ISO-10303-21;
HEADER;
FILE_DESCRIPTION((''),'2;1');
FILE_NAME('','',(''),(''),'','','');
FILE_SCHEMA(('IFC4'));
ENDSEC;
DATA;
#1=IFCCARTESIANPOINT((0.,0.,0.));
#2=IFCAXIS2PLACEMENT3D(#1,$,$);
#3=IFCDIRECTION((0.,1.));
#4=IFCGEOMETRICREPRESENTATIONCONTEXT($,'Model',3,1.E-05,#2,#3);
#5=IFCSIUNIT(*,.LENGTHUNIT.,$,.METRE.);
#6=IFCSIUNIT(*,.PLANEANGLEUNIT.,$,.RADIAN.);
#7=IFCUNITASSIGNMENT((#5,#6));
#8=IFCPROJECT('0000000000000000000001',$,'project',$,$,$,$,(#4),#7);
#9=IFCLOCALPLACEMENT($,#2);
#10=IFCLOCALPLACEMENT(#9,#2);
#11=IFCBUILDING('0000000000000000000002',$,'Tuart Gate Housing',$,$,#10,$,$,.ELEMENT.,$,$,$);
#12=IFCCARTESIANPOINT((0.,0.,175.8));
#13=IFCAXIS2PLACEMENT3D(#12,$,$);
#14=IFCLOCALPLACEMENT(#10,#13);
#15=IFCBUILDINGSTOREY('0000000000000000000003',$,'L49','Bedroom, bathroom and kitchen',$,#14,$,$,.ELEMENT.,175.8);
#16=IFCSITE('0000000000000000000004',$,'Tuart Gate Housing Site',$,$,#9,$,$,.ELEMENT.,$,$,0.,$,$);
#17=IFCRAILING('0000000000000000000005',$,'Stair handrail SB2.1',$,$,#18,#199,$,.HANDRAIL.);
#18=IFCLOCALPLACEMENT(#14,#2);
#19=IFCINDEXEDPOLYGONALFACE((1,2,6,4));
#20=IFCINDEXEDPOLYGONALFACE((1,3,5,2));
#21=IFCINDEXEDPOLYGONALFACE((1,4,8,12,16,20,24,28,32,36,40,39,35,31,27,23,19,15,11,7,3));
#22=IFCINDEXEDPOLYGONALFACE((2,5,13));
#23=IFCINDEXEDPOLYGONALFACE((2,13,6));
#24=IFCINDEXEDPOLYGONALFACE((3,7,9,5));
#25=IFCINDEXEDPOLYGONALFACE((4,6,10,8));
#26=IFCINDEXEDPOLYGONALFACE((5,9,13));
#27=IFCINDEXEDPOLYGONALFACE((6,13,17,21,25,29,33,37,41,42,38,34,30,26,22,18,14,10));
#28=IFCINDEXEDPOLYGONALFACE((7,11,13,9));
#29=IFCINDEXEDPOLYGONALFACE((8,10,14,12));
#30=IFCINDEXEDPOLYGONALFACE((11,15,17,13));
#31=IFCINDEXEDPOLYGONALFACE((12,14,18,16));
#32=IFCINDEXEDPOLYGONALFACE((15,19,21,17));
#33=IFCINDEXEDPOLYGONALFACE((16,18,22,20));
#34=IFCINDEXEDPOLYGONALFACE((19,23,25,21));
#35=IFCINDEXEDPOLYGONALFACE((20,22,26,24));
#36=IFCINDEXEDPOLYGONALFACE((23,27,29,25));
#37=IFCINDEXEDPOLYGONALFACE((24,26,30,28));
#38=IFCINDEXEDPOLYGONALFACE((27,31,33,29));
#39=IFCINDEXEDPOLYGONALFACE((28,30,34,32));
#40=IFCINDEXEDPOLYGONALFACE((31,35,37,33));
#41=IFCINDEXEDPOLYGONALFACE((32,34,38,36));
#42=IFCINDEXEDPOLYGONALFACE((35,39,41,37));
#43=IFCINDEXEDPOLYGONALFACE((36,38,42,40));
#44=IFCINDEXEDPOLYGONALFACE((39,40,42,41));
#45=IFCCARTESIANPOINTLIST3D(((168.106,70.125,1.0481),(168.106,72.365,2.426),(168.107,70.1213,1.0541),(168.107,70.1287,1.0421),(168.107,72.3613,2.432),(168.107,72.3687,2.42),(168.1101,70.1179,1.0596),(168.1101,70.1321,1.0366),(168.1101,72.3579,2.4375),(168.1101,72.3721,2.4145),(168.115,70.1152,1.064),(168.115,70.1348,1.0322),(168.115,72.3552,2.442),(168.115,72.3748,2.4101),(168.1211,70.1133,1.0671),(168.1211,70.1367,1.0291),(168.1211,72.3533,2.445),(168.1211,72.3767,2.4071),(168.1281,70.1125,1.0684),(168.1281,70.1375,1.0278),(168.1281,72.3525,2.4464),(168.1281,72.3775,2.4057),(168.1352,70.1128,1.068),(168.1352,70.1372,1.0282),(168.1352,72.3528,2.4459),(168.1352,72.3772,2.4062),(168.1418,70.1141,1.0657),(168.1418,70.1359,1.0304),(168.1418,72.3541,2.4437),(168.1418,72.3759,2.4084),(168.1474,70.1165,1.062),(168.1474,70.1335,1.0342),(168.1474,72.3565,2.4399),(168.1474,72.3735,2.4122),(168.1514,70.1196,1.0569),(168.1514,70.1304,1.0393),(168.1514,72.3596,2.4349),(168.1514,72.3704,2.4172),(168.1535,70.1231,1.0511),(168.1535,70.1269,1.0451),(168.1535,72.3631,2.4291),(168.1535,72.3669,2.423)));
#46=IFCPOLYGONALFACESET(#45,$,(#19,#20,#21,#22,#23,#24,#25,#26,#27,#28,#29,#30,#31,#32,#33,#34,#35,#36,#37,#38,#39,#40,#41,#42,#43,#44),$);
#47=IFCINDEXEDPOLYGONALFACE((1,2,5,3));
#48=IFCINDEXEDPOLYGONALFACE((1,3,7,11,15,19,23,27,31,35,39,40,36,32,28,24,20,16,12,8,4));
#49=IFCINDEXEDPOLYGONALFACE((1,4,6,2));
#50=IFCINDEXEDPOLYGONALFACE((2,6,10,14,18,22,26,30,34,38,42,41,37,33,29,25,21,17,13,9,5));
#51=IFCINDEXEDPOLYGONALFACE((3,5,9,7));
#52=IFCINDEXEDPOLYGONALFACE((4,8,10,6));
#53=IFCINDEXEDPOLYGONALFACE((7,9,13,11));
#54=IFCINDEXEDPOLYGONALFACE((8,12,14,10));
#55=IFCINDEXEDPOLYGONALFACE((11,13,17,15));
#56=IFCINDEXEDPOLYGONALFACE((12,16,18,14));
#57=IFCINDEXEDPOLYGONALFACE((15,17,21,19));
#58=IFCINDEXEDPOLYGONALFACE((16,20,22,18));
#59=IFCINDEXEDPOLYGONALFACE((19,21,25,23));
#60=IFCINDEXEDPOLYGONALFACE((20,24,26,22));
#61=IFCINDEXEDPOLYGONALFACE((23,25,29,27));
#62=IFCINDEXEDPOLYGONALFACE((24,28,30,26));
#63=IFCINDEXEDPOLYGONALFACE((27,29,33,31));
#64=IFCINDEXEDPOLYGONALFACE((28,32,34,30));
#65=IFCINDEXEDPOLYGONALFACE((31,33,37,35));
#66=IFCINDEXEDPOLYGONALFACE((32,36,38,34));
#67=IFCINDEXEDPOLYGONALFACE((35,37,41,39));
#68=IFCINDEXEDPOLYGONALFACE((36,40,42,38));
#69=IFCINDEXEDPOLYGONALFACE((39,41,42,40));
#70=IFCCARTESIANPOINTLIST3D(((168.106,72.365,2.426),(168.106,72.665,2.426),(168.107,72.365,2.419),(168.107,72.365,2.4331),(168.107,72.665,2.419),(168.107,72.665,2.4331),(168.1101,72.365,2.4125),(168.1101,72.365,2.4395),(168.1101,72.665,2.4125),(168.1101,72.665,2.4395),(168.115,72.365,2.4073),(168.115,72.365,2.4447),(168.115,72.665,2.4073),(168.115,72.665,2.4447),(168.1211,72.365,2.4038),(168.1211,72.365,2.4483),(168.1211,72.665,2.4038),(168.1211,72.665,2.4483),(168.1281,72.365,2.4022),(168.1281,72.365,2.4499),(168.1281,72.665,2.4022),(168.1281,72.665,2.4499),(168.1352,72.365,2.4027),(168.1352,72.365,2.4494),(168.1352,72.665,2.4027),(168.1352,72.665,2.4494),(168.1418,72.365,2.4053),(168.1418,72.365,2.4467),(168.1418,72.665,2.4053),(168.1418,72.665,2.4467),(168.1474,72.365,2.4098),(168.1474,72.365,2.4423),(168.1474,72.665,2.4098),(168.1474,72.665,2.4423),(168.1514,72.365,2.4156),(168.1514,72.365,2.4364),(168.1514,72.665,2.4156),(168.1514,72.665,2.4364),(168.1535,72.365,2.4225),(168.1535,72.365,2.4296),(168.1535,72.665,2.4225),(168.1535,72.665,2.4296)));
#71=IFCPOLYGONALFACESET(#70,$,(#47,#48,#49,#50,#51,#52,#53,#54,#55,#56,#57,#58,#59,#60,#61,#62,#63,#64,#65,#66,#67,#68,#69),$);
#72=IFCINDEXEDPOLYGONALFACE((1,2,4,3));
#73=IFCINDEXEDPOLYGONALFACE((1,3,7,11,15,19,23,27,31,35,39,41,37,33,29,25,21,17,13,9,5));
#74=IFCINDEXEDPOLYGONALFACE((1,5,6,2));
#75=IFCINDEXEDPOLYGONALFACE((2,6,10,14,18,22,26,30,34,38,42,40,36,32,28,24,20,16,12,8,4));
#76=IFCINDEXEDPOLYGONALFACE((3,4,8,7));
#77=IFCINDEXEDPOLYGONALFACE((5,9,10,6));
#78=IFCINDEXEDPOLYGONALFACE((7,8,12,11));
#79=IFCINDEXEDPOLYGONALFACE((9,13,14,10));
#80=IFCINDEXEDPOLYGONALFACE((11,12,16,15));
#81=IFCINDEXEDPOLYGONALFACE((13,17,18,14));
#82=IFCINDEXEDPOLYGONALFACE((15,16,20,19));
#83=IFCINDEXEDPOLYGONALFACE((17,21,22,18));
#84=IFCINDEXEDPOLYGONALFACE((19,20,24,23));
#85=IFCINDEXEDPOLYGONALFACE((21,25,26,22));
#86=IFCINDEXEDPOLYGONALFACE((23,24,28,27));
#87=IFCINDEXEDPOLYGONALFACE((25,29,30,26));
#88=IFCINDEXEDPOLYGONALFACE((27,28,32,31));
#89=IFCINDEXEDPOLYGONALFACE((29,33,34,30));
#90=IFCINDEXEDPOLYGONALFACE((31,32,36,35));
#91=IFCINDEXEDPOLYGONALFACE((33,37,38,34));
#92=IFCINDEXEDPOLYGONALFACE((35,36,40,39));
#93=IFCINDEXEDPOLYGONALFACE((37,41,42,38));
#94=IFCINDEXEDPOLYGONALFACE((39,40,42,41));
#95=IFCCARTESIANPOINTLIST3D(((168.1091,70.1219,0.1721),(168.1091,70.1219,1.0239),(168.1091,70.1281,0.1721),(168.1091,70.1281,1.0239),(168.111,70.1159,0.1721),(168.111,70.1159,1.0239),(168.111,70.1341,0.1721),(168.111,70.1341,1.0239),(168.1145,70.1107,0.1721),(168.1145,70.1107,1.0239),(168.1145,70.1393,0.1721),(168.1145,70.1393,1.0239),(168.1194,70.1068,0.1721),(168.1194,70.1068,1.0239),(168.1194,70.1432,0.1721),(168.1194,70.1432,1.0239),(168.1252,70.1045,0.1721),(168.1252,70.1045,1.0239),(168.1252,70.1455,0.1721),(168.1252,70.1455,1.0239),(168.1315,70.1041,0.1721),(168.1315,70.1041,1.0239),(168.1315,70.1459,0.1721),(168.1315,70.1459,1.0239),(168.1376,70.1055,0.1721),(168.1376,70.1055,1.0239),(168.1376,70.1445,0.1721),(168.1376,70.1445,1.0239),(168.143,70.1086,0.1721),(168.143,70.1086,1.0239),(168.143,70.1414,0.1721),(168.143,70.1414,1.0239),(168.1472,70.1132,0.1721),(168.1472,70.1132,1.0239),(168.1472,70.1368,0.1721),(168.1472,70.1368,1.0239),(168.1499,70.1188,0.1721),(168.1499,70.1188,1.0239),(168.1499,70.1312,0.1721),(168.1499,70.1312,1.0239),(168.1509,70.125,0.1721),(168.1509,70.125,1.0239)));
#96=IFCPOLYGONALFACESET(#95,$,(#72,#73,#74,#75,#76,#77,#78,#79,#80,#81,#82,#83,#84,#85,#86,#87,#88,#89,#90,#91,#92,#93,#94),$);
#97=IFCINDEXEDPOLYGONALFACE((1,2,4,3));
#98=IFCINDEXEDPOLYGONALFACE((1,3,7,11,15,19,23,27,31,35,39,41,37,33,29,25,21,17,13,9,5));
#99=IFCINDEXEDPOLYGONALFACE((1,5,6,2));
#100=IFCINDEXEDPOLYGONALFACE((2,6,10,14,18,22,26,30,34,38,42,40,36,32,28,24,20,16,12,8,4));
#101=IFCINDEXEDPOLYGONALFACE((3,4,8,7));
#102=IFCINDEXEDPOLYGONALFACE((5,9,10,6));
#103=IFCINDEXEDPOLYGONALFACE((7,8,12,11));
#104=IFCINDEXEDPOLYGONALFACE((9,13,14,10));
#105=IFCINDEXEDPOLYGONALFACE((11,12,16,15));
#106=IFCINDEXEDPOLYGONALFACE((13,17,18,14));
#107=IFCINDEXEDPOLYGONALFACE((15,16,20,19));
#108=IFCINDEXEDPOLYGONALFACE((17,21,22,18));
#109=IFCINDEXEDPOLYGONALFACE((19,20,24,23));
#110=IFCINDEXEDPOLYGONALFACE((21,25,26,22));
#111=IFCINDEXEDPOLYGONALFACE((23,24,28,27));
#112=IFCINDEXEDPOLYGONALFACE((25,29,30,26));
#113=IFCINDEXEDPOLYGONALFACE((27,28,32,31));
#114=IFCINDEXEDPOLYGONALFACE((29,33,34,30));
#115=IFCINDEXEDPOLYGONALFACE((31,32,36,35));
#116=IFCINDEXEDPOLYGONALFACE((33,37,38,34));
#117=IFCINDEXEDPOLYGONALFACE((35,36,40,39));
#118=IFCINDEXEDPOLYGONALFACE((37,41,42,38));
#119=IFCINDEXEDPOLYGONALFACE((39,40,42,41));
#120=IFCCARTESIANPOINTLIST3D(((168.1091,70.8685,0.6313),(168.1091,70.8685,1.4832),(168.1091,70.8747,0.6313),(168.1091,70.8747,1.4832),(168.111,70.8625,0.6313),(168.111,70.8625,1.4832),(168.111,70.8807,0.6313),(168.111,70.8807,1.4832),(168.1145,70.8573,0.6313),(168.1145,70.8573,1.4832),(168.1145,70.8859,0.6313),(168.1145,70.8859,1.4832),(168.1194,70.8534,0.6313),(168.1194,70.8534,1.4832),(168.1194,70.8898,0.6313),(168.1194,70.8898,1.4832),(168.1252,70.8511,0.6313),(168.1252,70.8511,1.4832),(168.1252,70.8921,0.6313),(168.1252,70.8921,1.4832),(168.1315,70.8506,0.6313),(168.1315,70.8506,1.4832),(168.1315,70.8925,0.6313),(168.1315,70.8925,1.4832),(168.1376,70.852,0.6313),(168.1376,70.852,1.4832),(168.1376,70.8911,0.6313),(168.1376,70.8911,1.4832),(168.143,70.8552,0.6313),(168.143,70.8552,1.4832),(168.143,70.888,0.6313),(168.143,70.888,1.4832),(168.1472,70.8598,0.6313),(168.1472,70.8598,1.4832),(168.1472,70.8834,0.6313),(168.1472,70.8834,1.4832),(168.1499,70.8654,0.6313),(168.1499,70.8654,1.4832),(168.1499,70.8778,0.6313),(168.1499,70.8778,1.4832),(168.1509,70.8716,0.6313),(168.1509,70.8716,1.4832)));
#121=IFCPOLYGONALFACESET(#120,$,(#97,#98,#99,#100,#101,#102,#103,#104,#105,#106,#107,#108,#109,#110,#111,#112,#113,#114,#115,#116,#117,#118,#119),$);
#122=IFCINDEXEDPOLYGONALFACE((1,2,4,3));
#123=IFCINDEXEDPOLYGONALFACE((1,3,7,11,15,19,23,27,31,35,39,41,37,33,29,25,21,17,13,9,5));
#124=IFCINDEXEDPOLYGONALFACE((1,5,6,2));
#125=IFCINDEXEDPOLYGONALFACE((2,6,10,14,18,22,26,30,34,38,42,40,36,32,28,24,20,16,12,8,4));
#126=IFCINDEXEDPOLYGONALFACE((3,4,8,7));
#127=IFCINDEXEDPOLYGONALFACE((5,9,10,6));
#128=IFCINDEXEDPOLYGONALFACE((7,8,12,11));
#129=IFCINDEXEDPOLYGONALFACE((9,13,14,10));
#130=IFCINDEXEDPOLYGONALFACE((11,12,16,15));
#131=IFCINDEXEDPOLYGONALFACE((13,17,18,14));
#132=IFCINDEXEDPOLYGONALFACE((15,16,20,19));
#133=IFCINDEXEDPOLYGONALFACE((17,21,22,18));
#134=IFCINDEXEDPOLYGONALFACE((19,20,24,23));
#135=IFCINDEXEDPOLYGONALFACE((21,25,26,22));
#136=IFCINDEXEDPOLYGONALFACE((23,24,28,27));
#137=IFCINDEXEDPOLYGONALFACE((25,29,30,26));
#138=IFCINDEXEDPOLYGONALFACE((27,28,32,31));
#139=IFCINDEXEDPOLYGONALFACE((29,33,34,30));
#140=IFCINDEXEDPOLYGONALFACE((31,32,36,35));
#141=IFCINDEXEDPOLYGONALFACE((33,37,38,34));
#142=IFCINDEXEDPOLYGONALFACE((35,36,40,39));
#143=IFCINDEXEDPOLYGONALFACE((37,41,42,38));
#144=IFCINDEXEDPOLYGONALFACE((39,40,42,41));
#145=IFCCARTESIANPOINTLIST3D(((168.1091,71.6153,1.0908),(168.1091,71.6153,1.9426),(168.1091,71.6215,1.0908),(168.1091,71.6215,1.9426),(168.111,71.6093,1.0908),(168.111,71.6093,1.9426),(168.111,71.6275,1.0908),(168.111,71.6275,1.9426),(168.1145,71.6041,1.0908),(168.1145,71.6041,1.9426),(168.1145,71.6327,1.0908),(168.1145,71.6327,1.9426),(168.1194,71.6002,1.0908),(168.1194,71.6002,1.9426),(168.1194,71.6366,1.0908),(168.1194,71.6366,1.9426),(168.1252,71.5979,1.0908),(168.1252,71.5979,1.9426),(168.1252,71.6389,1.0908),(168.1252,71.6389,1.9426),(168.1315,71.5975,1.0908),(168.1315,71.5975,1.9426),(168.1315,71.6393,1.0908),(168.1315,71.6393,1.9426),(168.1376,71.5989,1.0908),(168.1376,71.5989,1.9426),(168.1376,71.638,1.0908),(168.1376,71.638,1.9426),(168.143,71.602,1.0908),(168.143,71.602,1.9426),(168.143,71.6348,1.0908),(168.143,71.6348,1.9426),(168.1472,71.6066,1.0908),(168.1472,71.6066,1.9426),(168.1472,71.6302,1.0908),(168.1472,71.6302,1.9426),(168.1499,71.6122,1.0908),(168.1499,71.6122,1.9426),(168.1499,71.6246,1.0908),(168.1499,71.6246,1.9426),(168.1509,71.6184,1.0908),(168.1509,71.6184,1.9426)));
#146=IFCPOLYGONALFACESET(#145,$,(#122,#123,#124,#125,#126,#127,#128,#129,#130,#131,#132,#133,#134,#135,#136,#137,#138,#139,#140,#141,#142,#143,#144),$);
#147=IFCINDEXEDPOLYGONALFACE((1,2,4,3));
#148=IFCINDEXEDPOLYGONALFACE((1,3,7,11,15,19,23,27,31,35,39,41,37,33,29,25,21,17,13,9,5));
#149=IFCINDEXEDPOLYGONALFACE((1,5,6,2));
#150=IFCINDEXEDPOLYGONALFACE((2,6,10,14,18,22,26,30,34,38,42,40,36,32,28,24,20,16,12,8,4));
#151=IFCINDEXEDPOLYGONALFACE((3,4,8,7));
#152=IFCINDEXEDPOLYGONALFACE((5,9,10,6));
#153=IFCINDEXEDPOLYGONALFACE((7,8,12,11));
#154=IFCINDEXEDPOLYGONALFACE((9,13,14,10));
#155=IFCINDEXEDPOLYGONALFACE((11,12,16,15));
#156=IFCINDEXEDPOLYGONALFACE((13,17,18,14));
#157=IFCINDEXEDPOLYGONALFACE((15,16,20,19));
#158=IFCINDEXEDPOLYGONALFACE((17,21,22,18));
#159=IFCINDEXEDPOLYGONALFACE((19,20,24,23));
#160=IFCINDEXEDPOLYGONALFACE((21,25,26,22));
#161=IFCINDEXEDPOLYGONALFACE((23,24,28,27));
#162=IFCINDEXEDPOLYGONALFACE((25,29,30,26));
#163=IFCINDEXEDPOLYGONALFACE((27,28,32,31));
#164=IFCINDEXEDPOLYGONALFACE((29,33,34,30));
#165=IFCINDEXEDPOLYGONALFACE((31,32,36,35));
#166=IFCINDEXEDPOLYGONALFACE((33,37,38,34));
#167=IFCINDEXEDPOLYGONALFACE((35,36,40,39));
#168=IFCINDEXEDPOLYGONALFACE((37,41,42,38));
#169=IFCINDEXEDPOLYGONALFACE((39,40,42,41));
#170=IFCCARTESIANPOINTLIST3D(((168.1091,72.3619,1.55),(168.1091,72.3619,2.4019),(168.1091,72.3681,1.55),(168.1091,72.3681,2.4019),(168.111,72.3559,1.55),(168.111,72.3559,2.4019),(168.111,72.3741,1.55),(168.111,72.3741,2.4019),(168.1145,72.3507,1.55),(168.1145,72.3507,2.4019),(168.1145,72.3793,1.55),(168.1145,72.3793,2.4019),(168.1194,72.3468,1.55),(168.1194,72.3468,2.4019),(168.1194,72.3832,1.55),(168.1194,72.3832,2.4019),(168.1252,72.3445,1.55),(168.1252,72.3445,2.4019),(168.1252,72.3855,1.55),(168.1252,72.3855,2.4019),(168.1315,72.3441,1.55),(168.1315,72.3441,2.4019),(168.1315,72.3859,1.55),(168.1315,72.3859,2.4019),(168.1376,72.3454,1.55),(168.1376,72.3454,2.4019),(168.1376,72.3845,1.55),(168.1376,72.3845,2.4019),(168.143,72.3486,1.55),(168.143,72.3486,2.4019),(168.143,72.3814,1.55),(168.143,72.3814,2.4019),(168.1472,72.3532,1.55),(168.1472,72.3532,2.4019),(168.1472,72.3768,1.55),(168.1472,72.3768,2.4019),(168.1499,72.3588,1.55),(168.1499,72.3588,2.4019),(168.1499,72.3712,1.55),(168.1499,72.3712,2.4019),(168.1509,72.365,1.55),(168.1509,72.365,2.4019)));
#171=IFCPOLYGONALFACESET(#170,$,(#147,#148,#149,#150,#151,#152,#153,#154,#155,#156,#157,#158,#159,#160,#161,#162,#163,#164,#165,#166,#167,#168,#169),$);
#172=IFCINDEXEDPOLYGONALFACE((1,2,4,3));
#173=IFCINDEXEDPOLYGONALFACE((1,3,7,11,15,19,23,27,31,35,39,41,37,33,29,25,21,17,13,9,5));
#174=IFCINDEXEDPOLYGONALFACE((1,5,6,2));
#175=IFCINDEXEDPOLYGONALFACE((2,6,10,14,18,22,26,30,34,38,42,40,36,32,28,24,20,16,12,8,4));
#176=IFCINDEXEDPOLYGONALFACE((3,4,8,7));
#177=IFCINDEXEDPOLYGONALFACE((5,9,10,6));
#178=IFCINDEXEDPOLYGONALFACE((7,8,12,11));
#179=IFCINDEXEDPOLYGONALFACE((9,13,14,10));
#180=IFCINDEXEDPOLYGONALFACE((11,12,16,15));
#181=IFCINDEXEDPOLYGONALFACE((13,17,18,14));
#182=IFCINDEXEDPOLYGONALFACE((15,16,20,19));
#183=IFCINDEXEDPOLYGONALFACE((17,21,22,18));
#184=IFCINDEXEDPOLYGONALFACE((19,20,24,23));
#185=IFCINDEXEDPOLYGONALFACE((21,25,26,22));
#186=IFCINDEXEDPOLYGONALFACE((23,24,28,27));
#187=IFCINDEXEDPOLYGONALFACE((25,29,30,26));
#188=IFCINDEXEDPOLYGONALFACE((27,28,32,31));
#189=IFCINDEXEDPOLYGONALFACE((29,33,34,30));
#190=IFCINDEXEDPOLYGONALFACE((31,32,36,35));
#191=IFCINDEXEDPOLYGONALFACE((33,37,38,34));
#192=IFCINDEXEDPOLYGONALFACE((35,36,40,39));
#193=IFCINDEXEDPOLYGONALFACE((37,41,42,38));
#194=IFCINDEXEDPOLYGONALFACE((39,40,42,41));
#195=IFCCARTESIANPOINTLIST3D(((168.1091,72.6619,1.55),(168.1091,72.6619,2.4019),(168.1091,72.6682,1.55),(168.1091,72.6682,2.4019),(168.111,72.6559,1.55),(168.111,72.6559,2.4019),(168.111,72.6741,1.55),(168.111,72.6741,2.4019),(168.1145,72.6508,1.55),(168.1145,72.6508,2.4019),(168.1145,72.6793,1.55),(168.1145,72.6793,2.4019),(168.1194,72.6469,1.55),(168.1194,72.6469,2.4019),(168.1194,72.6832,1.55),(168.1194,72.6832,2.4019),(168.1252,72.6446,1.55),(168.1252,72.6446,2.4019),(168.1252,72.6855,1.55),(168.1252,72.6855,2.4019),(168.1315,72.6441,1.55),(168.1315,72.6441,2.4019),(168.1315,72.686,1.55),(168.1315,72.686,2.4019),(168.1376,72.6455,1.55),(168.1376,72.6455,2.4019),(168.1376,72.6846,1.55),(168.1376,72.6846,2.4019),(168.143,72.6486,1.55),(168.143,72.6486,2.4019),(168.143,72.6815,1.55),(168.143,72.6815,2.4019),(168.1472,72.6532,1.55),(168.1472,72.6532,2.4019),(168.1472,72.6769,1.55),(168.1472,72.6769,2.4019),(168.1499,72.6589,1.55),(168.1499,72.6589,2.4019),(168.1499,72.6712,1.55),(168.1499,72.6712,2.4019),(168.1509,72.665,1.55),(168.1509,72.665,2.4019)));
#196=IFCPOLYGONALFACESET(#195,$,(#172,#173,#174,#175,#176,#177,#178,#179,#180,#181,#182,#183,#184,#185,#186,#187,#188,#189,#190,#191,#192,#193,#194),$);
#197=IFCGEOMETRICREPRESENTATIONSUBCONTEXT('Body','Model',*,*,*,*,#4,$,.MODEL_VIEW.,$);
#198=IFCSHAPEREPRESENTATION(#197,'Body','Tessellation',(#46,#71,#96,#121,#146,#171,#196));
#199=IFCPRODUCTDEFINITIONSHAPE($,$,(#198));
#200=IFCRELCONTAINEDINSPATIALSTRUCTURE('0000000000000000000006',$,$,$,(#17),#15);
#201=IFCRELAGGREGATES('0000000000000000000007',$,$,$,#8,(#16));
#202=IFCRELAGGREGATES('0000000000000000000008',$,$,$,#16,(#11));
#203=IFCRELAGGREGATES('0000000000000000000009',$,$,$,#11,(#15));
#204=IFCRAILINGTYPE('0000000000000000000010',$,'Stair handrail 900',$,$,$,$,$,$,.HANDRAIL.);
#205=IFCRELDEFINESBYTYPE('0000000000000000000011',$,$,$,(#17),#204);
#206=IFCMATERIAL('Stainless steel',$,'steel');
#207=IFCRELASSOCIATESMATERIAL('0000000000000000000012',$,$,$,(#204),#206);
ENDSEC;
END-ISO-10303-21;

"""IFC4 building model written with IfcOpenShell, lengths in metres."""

from ifc_helpers import new_model, si_unit, direction, frame, origin, origin_2d, place, context, subcontext, project, spatial, circle, extrude, material, type_object, element, save


model = new_model("IFC4")

# Units and contexts
model_context = context("Model", 3, precision=1e-05, world=origin(), true_north=direction((0.0, 1.0)))
body_context = subcontext(model_context, "Body", "Model", "MODEL_VIEW")
ifc_project = project(units=[si_unit("LENGTHUNIT", "METRE"), si_unit("PLANEANGLEUNIT", "RADIAN")], contexts=[model_context])

# Site, building, storey
site_placement = place(None, origin())
site = spatial("IfcSite", under=ifc_project, at=site_placement, Name="Tuart Gate Housing Site", CompositionType="ELEMENT", RefElevation=0.0)
building_placement = place(site_placement, origin())
building = spatial("IfcBuilding", under=site, at=building_placement, Name="Tuart Gate Housing", CompositionType="ELEMENT")
storey_placement = place(building_placement, frame((0.0, 0.0, 175.8)))
storey = spatial("IfcBuildingStorey", under=building, at=storey_placement, Name="L49", Description="Bedroom, bathroom and kitchen", CompositionType="ELEMENT", Elevation=175.8)

# Railing
ifc_material_1 = material(Name="Stainless steel", Category="steel")
railing_type = type_object("IfcRailingType", Name="Stair handrail 900", PredefinedType="HANDRAIL", material=ifc_material_1)
railing_placement = place(storey_placement, frame((168.1299, 70.125, 0.1721)))
element("IfcRailing", 1, at=railing_placement, inside=storey, type_object=railing_type, Name="Stair handrail SB2.1", PredefinedType="HANDRAIL", context=body_context, shape_type="SweptSolid", body=[
    extrude(circle(Radius=0.0239, at=origin_2d()), frame((0.0, 0.0, 0.876), z_axis=(0.0, 0.851748, 0.523952), x_axis=(-1.0, 0.0, 0.0)), (0.0, 0.0, 1.0), 2.6299),
    extrude(circle(Radius=0.0239, at=origin_2d()), frame((0.0, 2.24, 2.2539), z_axis=(0.0, 1.0, 0.0), x_axis=(-1.0, 0.0, 0.0)), (0.0, 0.0, 1.0), 0.3),
    extrude(circle(Radius=0.021, at=origin_2d()), origin(), (0.0, 0.0, 1.0), 0.8518),
    extrude(circle(Radius=0.021, at=origin_2d()), frame((0.0, 0.7466, 0.4592)), (0.0, 0.0, 1.0), 0.8518),
    extrude(circle(Radius=0.021, at=origin_2d()), frame((0.0, 1.4934, 0.9187)), (0.0, 0.0, 1.0), 0.8518),
    extrude(circle(Radius=0.021, at=origin_2d()), frame((0.0, 2.24, 1.3779)), (0.0, 0.0, 1.0), 0.8518),
    extrude(circle(Radius=0.021, at=origin_2d()), frame((0.0, 2.54, 1.3779)), (0.0, 0.0, 1.0), 0.8518),
])

save(model, "model.ifc")
